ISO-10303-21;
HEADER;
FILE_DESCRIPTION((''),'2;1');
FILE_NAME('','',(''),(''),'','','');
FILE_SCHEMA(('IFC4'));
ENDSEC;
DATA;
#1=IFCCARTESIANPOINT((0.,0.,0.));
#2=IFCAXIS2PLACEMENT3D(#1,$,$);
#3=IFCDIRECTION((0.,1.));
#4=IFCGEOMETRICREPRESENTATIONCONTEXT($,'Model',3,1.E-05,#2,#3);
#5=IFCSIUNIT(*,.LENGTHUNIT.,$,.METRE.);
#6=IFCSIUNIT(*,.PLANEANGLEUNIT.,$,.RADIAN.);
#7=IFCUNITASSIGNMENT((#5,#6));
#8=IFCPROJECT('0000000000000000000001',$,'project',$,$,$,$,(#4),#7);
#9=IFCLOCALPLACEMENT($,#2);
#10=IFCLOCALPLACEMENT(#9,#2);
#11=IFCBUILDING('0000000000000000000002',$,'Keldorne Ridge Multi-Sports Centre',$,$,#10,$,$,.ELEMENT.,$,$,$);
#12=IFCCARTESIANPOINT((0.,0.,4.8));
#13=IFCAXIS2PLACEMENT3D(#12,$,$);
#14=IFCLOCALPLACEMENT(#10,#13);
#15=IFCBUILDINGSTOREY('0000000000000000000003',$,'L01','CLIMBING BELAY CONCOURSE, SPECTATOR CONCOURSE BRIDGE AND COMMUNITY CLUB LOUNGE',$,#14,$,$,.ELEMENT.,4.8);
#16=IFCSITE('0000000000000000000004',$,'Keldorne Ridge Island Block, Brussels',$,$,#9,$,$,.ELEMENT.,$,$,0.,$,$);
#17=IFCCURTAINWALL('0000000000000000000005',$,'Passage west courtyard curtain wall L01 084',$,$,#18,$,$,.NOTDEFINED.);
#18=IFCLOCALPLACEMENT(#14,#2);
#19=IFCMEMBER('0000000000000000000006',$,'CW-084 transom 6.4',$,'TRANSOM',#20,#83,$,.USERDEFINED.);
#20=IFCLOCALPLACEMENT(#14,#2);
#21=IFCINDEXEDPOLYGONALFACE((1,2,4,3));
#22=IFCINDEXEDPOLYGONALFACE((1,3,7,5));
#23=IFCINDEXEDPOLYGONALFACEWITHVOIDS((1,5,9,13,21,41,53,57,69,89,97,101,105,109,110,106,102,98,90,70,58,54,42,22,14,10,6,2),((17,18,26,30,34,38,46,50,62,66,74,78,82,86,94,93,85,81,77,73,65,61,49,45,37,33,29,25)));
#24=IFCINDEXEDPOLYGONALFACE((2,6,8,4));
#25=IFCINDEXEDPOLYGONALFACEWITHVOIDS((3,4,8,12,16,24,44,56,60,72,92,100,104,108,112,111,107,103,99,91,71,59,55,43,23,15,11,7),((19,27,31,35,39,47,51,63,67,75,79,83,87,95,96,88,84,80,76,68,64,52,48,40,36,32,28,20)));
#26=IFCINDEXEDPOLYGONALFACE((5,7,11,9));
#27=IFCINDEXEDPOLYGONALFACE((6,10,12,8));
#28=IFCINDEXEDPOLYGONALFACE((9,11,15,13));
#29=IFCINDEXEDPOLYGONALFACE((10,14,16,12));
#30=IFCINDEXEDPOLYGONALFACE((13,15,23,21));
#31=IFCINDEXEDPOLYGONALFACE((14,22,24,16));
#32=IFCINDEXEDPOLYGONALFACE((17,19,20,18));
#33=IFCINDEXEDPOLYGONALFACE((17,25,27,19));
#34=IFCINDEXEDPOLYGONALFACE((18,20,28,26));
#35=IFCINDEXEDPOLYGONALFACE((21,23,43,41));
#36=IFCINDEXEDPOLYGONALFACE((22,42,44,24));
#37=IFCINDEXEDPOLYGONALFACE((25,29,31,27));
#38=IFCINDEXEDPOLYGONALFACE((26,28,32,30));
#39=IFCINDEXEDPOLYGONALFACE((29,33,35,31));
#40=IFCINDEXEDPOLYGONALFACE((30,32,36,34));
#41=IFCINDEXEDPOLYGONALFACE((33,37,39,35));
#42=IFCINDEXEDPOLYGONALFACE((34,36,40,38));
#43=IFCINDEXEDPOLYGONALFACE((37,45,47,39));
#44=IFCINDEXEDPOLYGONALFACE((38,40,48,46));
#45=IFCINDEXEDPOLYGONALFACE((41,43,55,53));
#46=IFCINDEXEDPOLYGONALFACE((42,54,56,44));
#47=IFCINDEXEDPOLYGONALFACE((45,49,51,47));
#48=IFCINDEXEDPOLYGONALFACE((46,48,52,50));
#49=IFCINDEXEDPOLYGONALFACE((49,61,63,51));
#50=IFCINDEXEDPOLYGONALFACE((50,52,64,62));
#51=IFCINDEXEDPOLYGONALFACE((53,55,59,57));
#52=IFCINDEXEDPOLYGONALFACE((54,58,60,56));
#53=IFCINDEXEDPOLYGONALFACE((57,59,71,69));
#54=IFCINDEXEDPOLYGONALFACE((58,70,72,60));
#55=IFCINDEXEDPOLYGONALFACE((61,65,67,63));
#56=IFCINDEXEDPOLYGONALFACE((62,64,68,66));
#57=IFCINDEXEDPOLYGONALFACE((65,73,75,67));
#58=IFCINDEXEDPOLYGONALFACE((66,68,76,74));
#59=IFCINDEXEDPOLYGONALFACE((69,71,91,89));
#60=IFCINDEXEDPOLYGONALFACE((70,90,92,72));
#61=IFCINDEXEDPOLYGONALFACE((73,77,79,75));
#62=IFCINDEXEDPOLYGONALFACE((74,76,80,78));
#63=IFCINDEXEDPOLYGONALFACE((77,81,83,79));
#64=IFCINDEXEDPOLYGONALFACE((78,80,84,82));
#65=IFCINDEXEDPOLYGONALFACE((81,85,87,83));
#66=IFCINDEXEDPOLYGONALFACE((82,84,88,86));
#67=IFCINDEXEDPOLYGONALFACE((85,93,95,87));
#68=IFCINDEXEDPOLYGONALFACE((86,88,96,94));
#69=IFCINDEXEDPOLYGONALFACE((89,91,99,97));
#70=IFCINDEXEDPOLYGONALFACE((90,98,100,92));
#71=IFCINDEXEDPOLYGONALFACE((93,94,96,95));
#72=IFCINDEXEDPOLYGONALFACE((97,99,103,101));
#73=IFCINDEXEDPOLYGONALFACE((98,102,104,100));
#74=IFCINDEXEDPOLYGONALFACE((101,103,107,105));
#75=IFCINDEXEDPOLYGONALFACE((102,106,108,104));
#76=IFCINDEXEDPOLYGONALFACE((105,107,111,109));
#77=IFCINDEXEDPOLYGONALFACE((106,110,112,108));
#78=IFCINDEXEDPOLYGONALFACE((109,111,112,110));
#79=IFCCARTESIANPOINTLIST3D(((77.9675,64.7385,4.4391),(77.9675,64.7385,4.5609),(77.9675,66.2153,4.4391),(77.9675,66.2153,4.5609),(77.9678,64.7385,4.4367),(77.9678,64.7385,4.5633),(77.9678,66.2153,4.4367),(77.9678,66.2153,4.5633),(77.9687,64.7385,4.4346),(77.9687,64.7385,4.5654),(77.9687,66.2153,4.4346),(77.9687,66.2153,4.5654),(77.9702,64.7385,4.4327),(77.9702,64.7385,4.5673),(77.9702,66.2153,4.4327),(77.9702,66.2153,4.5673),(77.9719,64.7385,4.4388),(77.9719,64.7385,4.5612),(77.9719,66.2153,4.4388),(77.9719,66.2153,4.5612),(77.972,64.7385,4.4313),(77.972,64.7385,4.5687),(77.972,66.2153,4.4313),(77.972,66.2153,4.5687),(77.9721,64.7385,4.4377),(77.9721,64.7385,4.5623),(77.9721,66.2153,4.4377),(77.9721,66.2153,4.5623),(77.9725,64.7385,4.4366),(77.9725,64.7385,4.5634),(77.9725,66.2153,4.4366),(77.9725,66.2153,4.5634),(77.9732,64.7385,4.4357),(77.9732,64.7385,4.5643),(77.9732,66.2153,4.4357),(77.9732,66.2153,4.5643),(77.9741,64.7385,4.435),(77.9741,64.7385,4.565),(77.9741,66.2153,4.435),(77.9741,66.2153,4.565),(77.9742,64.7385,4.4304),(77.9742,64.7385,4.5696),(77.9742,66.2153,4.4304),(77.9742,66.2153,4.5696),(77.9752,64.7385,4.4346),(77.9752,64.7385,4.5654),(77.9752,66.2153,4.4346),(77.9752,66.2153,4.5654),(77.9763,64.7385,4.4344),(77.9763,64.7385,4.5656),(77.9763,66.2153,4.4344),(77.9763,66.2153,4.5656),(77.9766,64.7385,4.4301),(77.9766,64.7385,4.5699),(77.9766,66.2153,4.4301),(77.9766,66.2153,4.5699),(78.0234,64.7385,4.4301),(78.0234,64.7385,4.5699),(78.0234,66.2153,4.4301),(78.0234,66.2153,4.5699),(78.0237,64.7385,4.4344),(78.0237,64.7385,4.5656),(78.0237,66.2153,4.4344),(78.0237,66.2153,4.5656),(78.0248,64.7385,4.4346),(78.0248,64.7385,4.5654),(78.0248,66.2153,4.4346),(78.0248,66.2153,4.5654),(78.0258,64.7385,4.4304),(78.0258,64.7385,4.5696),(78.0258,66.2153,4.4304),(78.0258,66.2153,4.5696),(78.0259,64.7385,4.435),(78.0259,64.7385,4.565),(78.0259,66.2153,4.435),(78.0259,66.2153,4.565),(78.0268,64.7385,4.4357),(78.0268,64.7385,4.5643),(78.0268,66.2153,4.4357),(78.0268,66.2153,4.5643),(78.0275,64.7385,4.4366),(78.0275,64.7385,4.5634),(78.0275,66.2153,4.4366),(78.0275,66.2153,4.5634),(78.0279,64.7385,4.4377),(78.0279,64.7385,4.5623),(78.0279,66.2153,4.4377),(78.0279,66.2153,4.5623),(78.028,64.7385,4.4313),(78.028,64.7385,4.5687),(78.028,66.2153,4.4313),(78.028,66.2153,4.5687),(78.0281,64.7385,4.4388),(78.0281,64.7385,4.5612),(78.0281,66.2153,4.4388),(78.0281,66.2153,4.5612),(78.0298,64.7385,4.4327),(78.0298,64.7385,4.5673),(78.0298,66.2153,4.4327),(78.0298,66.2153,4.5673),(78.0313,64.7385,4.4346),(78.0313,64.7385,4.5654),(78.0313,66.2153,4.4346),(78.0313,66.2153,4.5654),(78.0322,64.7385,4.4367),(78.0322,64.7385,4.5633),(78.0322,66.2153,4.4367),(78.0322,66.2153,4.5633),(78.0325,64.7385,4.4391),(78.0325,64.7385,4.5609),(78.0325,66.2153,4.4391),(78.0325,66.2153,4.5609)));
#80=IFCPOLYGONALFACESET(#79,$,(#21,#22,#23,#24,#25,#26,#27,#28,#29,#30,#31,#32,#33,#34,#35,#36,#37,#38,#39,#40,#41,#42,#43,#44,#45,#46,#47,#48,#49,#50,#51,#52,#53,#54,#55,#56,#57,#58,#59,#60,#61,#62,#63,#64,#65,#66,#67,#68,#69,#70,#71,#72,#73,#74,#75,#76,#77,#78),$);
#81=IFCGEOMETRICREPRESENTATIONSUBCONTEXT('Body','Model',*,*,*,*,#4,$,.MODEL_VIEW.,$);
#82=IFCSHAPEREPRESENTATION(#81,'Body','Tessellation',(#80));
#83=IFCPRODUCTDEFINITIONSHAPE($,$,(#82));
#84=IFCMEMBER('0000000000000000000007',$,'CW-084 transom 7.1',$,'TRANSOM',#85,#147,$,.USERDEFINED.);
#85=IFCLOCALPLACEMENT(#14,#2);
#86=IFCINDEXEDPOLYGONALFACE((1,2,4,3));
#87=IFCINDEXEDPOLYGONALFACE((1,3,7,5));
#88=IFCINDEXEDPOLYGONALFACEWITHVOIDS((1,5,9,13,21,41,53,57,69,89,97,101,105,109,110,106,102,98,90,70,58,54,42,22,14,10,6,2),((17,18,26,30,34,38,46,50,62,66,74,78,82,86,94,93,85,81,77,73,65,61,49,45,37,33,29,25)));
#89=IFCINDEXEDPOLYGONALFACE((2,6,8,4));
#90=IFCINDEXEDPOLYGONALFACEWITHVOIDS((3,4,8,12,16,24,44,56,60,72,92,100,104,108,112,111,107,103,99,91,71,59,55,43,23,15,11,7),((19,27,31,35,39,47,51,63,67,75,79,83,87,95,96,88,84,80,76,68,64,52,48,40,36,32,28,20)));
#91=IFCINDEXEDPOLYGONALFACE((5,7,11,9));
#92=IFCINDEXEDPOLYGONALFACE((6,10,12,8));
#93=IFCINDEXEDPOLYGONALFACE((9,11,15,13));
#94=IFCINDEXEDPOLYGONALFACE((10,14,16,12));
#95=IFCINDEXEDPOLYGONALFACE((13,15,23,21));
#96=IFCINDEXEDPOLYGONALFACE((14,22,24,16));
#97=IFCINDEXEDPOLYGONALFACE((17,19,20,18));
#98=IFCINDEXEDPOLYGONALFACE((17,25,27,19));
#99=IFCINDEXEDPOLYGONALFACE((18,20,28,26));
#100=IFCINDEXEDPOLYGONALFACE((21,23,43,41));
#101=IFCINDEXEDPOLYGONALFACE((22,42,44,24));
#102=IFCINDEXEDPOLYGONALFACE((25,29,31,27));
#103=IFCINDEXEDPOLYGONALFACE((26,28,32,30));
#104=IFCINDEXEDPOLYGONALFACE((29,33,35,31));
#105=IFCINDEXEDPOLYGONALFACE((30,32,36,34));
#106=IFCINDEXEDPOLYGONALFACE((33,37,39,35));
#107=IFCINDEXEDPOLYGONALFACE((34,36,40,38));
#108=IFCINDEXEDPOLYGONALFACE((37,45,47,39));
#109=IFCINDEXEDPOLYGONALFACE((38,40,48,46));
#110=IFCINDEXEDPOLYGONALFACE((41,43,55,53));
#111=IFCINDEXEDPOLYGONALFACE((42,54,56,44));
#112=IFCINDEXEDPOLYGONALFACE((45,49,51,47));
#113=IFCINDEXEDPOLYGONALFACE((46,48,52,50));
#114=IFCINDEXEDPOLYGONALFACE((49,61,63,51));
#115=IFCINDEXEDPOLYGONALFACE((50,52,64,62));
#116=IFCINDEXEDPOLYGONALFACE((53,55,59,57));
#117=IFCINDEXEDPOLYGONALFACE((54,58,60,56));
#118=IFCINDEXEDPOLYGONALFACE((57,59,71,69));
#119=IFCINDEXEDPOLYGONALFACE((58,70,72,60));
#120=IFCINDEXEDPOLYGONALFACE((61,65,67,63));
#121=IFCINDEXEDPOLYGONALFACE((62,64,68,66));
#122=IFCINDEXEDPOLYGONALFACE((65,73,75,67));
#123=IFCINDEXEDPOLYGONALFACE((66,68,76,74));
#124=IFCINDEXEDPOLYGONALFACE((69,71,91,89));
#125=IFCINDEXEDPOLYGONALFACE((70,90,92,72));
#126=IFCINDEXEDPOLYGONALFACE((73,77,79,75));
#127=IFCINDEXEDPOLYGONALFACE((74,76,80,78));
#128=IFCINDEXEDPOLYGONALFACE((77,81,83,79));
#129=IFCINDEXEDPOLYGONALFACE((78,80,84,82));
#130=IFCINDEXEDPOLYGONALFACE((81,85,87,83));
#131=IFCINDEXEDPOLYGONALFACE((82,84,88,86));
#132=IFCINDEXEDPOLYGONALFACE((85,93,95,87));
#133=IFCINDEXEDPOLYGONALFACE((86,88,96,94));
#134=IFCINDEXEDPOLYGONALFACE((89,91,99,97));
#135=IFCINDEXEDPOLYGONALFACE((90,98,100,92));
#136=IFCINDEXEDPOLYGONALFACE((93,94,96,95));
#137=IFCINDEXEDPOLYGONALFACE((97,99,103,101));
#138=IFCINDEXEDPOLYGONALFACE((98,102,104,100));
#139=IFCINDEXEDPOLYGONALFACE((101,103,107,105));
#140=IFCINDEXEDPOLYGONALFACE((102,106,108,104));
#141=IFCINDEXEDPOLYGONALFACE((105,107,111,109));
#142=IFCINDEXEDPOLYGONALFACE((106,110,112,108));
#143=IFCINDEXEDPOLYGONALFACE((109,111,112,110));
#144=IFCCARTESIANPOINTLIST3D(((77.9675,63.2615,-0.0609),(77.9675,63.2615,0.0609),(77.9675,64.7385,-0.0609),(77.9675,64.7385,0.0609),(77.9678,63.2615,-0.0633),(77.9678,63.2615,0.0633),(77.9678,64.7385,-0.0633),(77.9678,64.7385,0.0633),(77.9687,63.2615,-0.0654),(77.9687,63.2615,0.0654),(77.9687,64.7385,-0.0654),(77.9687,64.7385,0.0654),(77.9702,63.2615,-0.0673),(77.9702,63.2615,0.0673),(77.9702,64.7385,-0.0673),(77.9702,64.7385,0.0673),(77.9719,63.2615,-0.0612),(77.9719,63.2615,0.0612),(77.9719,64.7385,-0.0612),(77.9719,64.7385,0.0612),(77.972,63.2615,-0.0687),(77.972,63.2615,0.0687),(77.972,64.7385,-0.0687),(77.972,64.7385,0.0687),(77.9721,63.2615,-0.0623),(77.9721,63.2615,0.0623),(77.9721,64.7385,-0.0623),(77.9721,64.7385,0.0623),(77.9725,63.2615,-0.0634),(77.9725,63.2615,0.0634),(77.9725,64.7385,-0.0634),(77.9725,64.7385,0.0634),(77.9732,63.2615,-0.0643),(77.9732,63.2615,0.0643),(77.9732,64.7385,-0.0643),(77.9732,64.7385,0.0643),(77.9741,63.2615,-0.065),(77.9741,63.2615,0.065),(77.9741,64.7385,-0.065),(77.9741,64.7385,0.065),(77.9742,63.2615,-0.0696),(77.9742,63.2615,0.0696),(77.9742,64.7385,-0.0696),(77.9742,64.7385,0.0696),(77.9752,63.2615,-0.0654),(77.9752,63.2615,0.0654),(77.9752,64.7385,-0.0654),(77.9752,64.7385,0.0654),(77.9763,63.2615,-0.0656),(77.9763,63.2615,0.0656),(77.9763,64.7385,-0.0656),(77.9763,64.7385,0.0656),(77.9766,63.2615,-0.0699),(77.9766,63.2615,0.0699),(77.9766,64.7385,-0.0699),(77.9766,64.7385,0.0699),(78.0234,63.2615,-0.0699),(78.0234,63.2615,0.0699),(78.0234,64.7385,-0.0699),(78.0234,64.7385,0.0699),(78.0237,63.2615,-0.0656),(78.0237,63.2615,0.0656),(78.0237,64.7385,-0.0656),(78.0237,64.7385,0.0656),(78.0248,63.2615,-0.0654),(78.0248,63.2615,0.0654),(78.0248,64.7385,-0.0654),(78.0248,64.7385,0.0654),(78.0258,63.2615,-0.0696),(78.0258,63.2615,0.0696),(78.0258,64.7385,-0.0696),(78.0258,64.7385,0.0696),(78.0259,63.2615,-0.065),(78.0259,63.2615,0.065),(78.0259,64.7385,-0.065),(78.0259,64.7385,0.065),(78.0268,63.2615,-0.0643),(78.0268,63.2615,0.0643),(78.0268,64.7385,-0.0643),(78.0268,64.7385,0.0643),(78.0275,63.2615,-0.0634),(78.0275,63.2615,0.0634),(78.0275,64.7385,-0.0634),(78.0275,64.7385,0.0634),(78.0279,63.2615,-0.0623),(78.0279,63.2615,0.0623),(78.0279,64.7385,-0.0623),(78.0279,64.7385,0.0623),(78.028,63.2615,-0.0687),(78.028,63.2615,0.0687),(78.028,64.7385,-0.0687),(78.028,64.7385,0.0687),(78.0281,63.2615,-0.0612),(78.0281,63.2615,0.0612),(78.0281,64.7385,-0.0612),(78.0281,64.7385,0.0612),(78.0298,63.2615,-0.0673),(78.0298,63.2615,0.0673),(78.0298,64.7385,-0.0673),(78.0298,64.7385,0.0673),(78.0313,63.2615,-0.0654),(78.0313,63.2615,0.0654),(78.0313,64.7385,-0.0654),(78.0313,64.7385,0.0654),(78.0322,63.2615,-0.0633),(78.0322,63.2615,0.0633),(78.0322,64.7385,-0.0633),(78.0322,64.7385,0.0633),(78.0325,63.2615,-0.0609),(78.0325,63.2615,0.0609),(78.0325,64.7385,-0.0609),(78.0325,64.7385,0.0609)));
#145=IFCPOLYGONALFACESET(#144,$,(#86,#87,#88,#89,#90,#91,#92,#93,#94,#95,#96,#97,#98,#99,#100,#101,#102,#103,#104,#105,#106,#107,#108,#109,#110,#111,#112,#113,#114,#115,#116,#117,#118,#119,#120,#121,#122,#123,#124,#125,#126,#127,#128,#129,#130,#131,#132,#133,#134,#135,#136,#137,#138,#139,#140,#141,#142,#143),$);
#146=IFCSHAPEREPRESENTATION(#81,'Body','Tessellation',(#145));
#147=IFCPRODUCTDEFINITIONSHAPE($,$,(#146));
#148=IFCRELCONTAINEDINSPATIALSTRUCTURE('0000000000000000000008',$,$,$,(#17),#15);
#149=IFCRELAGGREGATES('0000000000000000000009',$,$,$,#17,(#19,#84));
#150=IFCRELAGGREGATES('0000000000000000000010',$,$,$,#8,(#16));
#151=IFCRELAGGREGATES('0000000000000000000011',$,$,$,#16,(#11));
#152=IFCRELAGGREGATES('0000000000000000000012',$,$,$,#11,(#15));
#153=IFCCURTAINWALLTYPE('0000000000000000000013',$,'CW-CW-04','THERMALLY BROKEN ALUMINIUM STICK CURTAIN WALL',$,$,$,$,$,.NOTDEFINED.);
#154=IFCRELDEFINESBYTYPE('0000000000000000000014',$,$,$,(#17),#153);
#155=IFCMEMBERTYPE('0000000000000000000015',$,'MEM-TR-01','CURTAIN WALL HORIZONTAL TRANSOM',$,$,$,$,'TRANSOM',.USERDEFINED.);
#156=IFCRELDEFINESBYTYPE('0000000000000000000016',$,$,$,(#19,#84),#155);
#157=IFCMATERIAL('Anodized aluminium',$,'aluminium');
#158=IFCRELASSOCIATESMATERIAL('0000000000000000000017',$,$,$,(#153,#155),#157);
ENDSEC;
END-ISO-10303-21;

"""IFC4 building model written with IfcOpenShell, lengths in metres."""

from ifc_helpers import new_model, si_unit, direction, frame, origin, origin_2d, place, context, subcontext, project, spatial, hollow_rectangle, extrude, material, material_profile, profile_set, type_object, element, aggregate, save


model = new_model("IFC4")

# Units and contexts
model_context = context("Model", 3, precision=1e-05, world=origin(), true_north=direction((0.0, 1.0)))
body_context = subcontext(model_context, "Body", "Model", "MODEL_VIEW")
ifc_project = project(units=[si_unit("LENGTHUNIT", "METRE"), si_unit("PLANEANGLEUNIT", "RADIAN")], contexts=[model_context])

# Site, building, storey
site_placement = place(None, origin())
site = spatial("IfcSite", under=ifc_project, at=site_placement, Name="Keldorne Ridge Island Block, Brussels", CompositionType="ELEMENT", RefElevation=0.0)
building_placement = place(site_placement, origin())
building = spatial("IfcBuilding", under=site, at=building_placement, Name="Keldorne Ridge Multi-Sports Centre", CompositionType="ELEMENT")
storey_placement = place(building_placement, frame((0.0, 0.0, 4.8)))
storey = spatial("IfcBuildingStorey", under=building, at=storey_placement, Name="L01", Description="CLIMBING BELAY CONCOURSE, SPECTATOR CONCOURSE BRIDGE AND COMMUNITY CLUB LOUNGE", CompositionType="ELEMENT", Elevation=4.8)

# Curtain wall, members
ifc_material_1 = material(Name="Anodized aluminium", Category="aluminium")
curtain_wall_type = type_object("IfcCurtainWallType", Name="CW-CW-04", Description="THERMALLY BROKEN ALUMINIUM STICK CURTAIN WALL", PredefinedType="NOTDEFINED", material=ifc_material_1)
curtain_wall_placement = place(storey_placement, origin())
curtain_wall = element("IfcCurtainWall", 1, at=curtain_wall_placement, inside=storey, type_object=curtain_wall_type, Name="Passage west courtyard curtain wall L01 084", PredefinedType="NOTDEFINED")
ifc_material_profile_1 = material_profile(ifc_material_1, hollow_rectangle(XDim=0.0649, YDim=0.1399, WallThickness=0.0044, InnerFilletRadius=0.0044, OuterFilletRadius=0.009, at=origin_2d()), Name="ALU TRANSOM 140x65x4.5")
ifc_profile_set_1 = profile_set([ifc_material_profile_1], Name="Anodized aluminium")
member_type_1 = type_object("IfcMemberType", Name="MEM-TR-01", Description="CURTAIN WALL HORIZONTAL TRANSOM", ElementType="TRANSOM", PredefinedType="USERDEFINED", material=ifc_profile_set_1)
member_1_placement = place(storey_placement, frame((78.0, 66.2153, 4.5), z_axis=(0.0, -1.0, 0.0), x_axis=(1.0, 0.0, 0.0)))
member_1 = element("IfcMember", 2, at=member_1_placement, type_object=member_type_1, Name="CW-084 transom 6.4", ObjectType="TRANSOM", PredefinedType="USERDEFINED", context=body_context, shape_type="SweptSolid", body=[
    extrude(hollow_rectangle(XDim=0.0649, YDim=0.1399, WallThickness=0.0044, InnerFilletRadius=0.0044, OuterFilletRadius=0.009, at=origin_2d()), origin(), (0.0, 0.0, 1.0), 1.4768),
])
member_2_placement = place(storey_placement, frame((78.0, 64.7385, 0.0), z_axis=(0.0, -1.0, 0.0), x_axis=(1.0, 0.0, 0.0)))
member_2 = element("IfcMember", 3, at=member_2_placement, type_object=member_type_1, Name="CW-084 transom 7.1", ObjectType="TRANSOM", PredefinedType="USERDEFINED", context=body_context, shape_type="SweptSolid", body=[
    extrude(hollow_rectangle(XDim=0.0649, YDim=0.1399, WallThickness=0.0044, InnerFilletRadius=0.0044, OuterFilletRadius=0.009, at=origin_2d()), origin(), (0.0, 0.0, 1.0), 1.4771),
])
aggregate(curtain_wall, [member_1, member_2])

save(model, "model.ifc")
